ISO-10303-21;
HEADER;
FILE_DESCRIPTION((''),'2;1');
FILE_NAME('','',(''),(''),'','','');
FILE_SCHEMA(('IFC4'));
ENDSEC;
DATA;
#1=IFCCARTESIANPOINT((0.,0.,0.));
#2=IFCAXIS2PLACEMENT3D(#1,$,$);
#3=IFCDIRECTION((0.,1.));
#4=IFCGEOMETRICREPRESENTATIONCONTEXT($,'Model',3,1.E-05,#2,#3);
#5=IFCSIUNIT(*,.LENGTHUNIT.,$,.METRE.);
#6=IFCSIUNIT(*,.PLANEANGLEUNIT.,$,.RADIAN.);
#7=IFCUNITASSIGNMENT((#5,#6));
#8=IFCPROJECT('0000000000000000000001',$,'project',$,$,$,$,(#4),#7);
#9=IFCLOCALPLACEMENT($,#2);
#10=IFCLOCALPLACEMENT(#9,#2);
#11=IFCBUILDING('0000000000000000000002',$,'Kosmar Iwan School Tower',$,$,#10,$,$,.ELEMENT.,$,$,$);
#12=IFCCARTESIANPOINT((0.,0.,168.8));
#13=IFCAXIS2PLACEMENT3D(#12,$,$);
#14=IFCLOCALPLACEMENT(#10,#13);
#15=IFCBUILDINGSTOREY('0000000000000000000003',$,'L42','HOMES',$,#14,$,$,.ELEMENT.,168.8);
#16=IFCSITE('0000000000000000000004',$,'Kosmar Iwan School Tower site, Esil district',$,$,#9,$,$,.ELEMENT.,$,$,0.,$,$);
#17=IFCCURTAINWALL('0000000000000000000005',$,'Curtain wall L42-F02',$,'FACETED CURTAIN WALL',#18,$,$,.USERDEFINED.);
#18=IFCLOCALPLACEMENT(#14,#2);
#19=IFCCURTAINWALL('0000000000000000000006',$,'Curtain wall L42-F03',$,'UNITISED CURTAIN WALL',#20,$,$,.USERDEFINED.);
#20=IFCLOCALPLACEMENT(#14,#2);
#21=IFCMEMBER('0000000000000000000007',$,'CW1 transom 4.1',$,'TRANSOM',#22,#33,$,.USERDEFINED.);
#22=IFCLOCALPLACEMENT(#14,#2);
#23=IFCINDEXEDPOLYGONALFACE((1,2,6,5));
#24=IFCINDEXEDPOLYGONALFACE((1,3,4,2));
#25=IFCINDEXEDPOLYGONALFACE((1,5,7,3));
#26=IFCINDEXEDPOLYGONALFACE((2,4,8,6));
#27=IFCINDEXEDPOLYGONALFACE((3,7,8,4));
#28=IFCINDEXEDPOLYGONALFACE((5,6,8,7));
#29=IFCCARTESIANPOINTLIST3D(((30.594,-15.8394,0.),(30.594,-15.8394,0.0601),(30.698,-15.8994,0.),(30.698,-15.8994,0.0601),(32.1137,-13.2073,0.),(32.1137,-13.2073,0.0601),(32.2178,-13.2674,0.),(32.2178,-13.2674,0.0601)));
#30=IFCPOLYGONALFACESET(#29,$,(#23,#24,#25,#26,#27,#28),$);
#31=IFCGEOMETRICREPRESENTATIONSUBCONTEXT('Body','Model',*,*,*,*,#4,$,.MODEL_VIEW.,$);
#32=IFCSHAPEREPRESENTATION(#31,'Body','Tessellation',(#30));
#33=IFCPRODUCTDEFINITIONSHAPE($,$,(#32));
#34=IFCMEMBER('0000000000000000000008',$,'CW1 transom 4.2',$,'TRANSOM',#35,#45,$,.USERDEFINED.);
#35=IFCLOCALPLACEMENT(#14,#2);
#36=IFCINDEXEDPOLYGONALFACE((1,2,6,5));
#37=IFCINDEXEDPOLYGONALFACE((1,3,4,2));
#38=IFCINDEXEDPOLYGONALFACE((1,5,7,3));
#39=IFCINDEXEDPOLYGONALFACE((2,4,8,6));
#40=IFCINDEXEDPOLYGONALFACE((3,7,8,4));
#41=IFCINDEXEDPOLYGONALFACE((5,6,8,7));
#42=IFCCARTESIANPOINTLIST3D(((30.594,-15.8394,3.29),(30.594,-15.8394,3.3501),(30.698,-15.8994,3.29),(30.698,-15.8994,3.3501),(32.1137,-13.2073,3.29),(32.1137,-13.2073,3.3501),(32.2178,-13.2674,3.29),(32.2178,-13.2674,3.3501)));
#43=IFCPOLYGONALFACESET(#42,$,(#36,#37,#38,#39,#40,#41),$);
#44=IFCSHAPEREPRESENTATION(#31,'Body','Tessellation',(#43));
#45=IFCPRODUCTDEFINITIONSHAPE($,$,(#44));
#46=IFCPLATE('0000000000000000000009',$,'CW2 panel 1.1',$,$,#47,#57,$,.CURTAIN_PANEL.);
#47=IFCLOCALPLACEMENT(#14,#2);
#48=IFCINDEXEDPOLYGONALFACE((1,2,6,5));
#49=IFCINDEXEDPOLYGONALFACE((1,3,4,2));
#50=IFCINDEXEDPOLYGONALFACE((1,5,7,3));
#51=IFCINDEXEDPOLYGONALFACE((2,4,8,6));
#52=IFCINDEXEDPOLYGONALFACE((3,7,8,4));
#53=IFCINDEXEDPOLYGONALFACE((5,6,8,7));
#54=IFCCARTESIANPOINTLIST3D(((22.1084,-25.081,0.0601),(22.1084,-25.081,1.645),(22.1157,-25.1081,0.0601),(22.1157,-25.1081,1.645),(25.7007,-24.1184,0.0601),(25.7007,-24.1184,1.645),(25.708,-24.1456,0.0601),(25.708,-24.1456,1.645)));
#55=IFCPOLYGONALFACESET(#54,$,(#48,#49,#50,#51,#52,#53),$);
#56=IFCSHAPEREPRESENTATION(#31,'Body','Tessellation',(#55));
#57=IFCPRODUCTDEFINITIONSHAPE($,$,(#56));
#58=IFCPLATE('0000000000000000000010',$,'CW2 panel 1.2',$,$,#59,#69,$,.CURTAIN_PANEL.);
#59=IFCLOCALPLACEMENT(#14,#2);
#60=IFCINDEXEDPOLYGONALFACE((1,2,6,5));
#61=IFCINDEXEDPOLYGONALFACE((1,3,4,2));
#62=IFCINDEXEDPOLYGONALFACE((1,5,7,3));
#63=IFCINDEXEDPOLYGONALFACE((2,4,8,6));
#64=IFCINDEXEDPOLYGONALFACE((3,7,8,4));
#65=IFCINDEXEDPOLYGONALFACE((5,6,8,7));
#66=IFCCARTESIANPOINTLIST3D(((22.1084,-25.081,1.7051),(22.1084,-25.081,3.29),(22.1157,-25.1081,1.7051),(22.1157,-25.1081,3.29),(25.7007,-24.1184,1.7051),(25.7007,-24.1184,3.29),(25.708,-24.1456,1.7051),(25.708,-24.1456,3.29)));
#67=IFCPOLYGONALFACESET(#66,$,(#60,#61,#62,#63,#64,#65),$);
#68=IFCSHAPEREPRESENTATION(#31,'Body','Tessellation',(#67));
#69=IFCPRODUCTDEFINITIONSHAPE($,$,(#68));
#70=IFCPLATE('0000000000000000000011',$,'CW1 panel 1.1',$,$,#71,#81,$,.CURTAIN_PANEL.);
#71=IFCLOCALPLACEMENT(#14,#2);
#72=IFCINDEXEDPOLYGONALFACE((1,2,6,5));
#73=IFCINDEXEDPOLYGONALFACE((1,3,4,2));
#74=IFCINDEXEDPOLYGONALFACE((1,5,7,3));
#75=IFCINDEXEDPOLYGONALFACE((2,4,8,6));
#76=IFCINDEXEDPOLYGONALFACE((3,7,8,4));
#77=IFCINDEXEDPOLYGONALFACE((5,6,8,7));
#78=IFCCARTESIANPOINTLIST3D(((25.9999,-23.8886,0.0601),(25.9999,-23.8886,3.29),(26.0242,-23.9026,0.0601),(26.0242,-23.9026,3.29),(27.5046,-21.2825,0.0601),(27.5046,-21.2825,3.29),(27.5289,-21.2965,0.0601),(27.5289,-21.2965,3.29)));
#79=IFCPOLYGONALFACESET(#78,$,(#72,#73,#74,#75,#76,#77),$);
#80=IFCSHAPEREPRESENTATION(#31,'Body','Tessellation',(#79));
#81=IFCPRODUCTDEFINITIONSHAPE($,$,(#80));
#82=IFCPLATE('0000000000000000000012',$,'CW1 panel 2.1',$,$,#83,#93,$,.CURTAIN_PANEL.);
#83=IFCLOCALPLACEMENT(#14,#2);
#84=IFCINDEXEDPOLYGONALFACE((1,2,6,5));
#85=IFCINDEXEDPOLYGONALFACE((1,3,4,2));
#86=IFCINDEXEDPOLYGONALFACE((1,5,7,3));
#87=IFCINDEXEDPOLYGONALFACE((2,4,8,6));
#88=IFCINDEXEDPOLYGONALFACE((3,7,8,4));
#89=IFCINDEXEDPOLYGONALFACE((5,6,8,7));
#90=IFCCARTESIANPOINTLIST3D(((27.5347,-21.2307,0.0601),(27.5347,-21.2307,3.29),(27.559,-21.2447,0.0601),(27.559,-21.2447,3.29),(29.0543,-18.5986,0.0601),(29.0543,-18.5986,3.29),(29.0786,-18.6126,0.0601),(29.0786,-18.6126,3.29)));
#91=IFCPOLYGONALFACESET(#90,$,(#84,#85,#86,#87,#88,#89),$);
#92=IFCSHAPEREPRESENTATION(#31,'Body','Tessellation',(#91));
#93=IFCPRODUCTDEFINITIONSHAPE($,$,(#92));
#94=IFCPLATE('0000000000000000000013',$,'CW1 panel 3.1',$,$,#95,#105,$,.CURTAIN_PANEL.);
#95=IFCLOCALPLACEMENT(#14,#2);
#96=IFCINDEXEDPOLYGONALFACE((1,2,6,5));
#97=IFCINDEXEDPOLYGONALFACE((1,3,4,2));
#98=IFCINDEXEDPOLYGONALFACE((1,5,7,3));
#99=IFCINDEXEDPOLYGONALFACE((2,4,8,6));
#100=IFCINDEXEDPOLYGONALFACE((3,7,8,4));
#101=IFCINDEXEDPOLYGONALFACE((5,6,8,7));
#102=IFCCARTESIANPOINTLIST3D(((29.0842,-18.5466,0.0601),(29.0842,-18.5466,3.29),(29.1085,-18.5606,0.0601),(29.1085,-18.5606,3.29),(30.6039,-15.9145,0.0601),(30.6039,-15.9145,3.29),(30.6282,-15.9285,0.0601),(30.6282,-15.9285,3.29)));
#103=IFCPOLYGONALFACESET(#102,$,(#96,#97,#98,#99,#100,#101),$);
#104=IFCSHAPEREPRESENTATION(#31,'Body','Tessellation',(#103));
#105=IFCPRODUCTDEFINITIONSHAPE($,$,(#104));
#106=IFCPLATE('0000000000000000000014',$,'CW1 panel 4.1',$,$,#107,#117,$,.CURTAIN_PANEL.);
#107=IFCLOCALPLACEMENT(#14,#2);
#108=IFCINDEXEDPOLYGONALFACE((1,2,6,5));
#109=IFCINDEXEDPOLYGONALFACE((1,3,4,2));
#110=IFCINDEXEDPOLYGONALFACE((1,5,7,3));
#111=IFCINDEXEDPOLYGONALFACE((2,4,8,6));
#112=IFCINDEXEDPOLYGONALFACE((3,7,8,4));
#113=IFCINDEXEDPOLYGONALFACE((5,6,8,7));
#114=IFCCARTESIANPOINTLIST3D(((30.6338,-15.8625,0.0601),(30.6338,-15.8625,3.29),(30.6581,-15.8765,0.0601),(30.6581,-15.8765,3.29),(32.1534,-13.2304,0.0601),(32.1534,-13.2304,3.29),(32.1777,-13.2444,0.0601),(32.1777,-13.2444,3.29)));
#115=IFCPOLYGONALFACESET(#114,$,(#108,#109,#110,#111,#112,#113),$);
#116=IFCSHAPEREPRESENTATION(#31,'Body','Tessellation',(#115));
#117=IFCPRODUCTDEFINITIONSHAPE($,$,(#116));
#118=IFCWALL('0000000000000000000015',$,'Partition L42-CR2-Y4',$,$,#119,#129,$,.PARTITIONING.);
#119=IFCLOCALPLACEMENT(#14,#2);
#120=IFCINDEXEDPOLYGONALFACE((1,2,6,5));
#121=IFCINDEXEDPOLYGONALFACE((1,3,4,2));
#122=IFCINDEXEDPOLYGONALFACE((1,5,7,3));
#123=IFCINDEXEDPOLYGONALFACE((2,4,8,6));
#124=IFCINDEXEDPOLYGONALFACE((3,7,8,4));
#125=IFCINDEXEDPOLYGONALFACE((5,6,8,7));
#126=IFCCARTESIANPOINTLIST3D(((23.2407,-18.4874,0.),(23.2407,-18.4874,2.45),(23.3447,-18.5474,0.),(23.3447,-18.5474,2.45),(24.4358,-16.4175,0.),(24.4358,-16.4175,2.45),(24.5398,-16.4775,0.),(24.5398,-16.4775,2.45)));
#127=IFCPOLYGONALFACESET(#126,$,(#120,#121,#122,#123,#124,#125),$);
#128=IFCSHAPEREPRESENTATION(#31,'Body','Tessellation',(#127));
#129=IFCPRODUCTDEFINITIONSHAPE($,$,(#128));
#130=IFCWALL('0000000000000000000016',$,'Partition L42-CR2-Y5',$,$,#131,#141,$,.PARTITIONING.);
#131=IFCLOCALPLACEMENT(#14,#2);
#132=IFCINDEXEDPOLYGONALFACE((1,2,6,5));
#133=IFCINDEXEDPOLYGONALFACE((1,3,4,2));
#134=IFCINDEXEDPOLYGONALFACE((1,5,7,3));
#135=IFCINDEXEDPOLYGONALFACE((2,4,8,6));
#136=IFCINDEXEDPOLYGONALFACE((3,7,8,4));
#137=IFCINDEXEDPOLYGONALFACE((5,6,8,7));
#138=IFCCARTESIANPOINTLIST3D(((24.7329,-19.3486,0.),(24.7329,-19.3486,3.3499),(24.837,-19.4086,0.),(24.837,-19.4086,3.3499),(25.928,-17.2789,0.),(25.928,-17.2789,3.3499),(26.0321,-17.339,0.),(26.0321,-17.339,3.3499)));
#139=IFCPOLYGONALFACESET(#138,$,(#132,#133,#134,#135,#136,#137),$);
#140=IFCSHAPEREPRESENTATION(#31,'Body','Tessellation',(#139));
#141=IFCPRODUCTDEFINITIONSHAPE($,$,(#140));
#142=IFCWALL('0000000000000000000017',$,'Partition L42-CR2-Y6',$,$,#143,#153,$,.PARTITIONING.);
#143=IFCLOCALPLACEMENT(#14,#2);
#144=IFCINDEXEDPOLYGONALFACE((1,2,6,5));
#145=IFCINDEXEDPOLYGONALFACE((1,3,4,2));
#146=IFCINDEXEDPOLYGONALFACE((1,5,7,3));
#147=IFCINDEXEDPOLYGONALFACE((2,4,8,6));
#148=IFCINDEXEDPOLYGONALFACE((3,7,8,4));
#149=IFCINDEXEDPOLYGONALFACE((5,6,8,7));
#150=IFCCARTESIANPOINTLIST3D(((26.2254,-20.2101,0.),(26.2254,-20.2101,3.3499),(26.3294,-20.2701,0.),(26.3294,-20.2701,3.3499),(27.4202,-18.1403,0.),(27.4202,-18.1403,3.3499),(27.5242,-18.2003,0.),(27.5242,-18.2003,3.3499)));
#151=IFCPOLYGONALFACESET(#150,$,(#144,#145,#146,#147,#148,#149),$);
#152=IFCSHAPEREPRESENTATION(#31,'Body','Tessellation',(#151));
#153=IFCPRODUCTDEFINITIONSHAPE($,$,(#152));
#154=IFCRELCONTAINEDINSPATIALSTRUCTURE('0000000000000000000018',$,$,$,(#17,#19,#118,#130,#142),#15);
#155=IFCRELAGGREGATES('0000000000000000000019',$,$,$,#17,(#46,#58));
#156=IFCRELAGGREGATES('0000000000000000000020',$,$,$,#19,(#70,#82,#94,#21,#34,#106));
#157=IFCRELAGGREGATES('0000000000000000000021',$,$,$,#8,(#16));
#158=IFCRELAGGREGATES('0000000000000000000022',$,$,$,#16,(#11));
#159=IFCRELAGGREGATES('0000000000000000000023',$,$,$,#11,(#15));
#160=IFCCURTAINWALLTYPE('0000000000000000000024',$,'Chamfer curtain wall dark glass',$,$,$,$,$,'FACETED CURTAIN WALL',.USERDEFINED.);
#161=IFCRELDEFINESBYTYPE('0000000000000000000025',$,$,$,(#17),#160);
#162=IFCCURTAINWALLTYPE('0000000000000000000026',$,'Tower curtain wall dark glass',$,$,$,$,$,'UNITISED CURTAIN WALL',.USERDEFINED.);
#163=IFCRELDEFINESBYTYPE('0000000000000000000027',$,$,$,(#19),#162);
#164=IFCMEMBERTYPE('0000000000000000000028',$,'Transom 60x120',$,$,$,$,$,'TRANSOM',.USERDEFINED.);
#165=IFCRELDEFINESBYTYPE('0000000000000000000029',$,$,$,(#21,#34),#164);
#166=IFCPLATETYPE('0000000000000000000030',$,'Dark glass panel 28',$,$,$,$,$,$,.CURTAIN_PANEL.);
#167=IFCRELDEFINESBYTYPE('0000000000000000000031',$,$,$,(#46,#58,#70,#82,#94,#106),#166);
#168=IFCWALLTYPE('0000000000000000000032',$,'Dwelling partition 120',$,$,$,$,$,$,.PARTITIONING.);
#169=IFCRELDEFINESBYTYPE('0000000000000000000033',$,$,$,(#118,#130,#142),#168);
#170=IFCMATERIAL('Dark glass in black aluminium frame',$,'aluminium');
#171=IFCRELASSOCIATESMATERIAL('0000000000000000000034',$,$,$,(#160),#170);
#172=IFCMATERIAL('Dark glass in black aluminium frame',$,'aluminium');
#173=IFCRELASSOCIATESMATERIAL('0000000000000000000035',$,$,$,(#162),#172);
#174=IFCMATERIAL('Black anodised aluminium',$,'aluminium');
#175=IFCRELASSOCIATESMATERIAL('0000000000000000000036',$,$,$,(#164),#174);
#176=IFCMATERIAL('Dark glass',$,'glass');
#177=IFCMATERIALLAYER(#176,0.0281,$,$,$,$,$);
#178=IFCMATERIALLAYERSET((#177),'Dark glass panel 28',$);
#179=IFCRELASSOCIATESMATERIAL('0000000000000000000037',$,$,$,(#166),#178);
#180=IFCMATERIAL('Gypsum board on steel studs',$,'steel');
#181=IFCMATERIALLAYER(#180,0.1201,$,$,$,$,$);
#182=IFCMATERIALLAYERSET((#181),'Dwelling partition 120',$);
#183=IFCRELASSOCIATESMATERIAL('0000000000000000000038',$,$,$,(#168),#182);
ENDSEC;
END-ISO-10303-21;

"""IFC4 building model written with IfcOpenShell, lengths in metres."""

from ifc_helpers import new_model, si_unit, direction, frame, frame_2d, origin, origin_2d, place, context, subcontext, project, spatial, rectangle, extrude, material, layer, layer_set, material_profile, profile_set, type_object, element, aggregate, save


model = new_model("IFC4")

# Units and contexts
model_context = context("Model", 3, precision=1e-05, world=origin(), true_north=direction((0.0, 1.0)))
body_context = subcontext(model_context, "Body", "Model", "MODEL_VIEW")
ifc_project = project(units=[si_unit("LENGTHUNIT", "METRE"), si_unit("PLANEANGLEUNIT", "RADIAN")], contexts=[model_context])

# Site, building, storey
site_placement = place(None, origin())
site = spatial("IfcSite", under=ifc_project, at=site_placement, Name="Kosmar Iwan School Tower site, Esil district", CompositionType="ELEMENT", RefElevation=0.0)
building_placement = place(site_placement, origin())
building = spatial("IfcBuilding", under=site, at=building_placement, Name="Kosmar Iwan School Tower", CompositionType="ELEMENT")
storey_placement = place(building_placement, frame((0.0, 0.0, 168.8)))
storey = spatial("IfcBuildingStorey", under=building, at=storey_placement, Name="L42", Description="HOMES", CompositionType="ELEMENT", Elevation=168.8)

# Curtain wall
ifc_material_1 = material(Name="Dark glass in black aluminium frame", Category="aluminium")
curtain_wall_type_1 = type_object("IfcCurtainWallType", Name="Chamfer curtain wall dark glass", ElementType="FACETED CURTAIN WALL", PredefinedType="USERDEFINED", material=ifc_material_1)
curtain_wall_1_placement = place(storey_placement, origin())
curtain_wall_1 = element("IfcCurtainWall", 1, at=curtain_wall_1_placement, inside=storey, type_object=curtain_wall_type_1, Name="Curtain wall L42-F02", ObjectType="FACETED CURTAIN WALL", PredefinedType="USERDEFINED")

# Curtain wall
ifc_material_2 = material(Name="Dark glass in black aluminium frame", Category="aluminium")
curtain_wall_type_2 = type_object("IfcCurtainWallType", Name="Tower curtain wall dark glass", ElementType="UNITISED CURTAIN WALL", PredefinedType="USERDEFINED", material=ifc_material_2)
curtain_wall_2_placement = place(storey_placement, origin())
curtain_wall_2 = element("IfcCurtainWall", 2, at=curtain_wall_2_placement, inside=storey, type_object=curtain_wall_type_2, Name="Curtain wall L42-F03", ObjectType="UNITISED CURTAIN WALL", PredefinedType="USERDEFINED")

# Members
ifc_material_3 = material(Name="Black anodised aluminium", Category="aluminium")
ifc_material_profile_1 = material_profile(ifc_material_3, rectangle(XDim=0.1201, YDim=0.0601, at=origin_2d()), Name="TRANSOM 60x120")
ifc_profile_set_1 = profile_set([ifc_material_profile_1], Name="Black anodised aluminium")
member_type_1 = type_object("IfcMemberType", Name="Transom 60x120", ElementType="TRANSOM", PredefinedType="USERDEFINED", material=ifc_profile_set_1)
member_1_placement = place(storey_placement, frame((30.646, -15.8694, 0.03), z_axis=(0.500035, 0.866005, 0.0), x_axis=(-0.866005, 0.500035, 0.0)))
member_1 = element("IfcMember", 3, at=member_1_placement, type_object=member_type_1, Name="CW1 transom 4.1", ObjectType="TRANSOM", PredefinedType="USERDEFINED", context=body_context, shape_type="SweptSolid", body=[
    extrude(rectangle(XDim=0.1201, YDim=0.0601, at=origin_2d()), origin(), (0.0, 0.0, 1.0), 3.0393),
])
member_2_placement = place(storey_placement, frame((30.646, -15.8694, 3.3201), z_axis=(0.500035, 0.866005, 0.0), x_axis=(-0.866005, 0.500035, 0.0)))
member_2 = element("IfcMember", 4, at=member_2_placement, type_object=member_type_1, Name="CW1 transom 4.2", ObjectType="TRANSOM", PredefinedType="USERDEFINED", context=body_context, shape_type="SweptSolid", body=[
    extrude(rectangle(XDim=0.1201, YDim=0.0601, at=origin_2d()), origin(), (0.0, 0.0, 1.0), 3.0393),
])

# Plates
ifc_material_4 = material(Name="Dark glass", Category="glass")
ifc_layer_1 = layer(ifc_material_4, 0.0281)
ifc_layer_set_1 = layer_set([ifc_layer_1], Name="Dark glass panel 28")
plate_type = type_object("IfcPlateType", Name="Dark glass panel 28", PredefinedType="CURTAIN_PANEL", material=ifc_layer_set_1)
plate_1_placement = place(storey_placement, frame((23.9082, -24.6133, 0.0601), z_axis=(0.0, 0.0, 1.0), x_axis=(0.965926, 0.258819, 0.0)))
plate_1 = element("IfcPlate", 5, at=plate_1_placement, type_object=plate_type, Name="CW2 panel 1.1", PredefinedType="CURTAIN_PANEL", context=body_context, shape_type="SweptSolid", body=[
    extrude(rectangle(XDim=3.719, YDim=0.0281, at=origin_2d()), origin(), (0.0, 0.0, 1.0), 1.585),
])
plate_2_placement = place(storey_placement, frame((23.9082, -24.6133, 1.7051), z_axis=(0.0, 0.0, 1.0), x_axis=(0.965926, 0.258819, 0.0)))
plate_2 = element("IfcPlate", 6, at=plate_2_placement, type_object=plate_type, Name="CW2 panel 1.2", PredefinedType="CURTAIN_PANEL", context=body_context, shape_type="SweptSolid", body=[
    extrude(rectangle(XDim=3.719, YDim=0.0281, at=origin_2d()), origin(), (0.0, 0.0, 1.0), 1.585),
])
aggregate(curtain_wall_1, [plate_1, plate_2])
plate_3_placement = place(storey_placement, frame((26.7644, -22.5925, 0.0601), z_axis=(0.0, 0.0, 1.0), x_axis=(0.5, 0.866025, 0.0)))
plate_3 = element("IfcPlate", 7, at=plate_3_placement, type_object=plate_type, Name="CW1 panel 1.1", PredefinedType="CURTAIN_PANEL", context=body_context, shape_type="SweptSolid", body=[
    extrude(rectangle(XDim=3.0093, YDim=0.0281, at=origin_2d()), origin(), (0.0, 0.0, 1.0), 3.23),
])
plate_4_placement = place(storey_placement, frame((28.3066, -19.9216, 0.0601), z_axis=(0.0, 0.0, 1.0), x_axis=(0.5, 0.866025, 0.0)))
plate_4 = element("IfcPlate", 8, at=plate_4_placement, type_object=plate_type, Name="CW1 panel 2.1", PredefinedType="CURTAIN_PANEL", context=body_context, shape_type="SweptSolid", body=[
    extrude(rectangle(XDim=3.0393, YDim=0.0281, at=origin_2d()), origin(), (0.0, 0.0, 1.0), 3.23),
])
plate_5_placement = place(storey_placement, frame((29.8562, -17.2375, 0.0601), z_axis=(0.0, 0.0, 1.0), x_axis=(0.5, 0.866025, 0.0)))
plate_5 = element("IfcPlate", 9, at=plate_5_placement, type_object=plate_type, Name="CW1 panel 3.1", PredefinedType="CURTAIN_PANEL", context=body_context, shape_type="SweptSolid", body=[
    extrude(rectangle(XDim=3.0393, YDim=0.0281, at=origin_2d()), origin(), (0.0, 0.0, 1.0), 3.23),
])
plate_6_placement = place(storey_placement, frame((31.4058, -14.5535, 0.0601), z_axis=(0.0, 0.0, 1.0), x_axis=(0.5, 0.866025, 0.0)))
plate_6 = element("IfcPlate", 10, at=plate_6_placement, type_object=plate_type, Name="CW1 panel 4.1", PredefinedType="CURTAIN_PANEL", context=body_context, shape_type="SweptSolid", body=[
    extrude(rectangle(XDim=3.0393, YDim=0.0281, at=origin_2d()), origin(), (0.0, 0.0, 1.0), 3.23),
])
aggregate(curtain_wall_2, [plate_3, plate_4, plate_5, member_1, member_2, plate_6])

# Walls
ifc_material_5 = material(Name="Gypsum board on steel studs", Category="steel")
ifc_layer_2 = layer(ifc_material_5, 0.1201)
ifc_layer_set_2 = layer_set([ifc_layer_2], Name="Dwelling partition 120")
wall_type = type_object("IfcWallType", Name="Dwelling partition 120", PredefinedType="PARTITIONING", material=ifc_layer_set_2)
wall_placement = place(storey_placement, frame((24.4878, -16.4475, 0.0), z_axis=(0.0, 0.0, 1.0), x_axis=(-0.500017, -0.866015, 0.0)))
element("IfcWall", 11, at=wall_placement, inside=storey, type_object=wall_type, Name="Partition L42-CR2-Y4", PredefinedType="PARTITIONING", context=body_context, shape_type="SweptSolid", body=[
    extrude(rectangle(XDim=2.3901, YDim=0.1201, at=frame_2d((1.1951, 0.0))), origin(), (0.0, 0.0, 1.0), 2.45),
])
for number, where, z_axis, x_axis, name in (
    (12, (25.98, -17.3091, 0.0), (0.0, 0.0, 1.0), (-0.500061, -0.86599, 0.0), "Partition L42-CR2-Y5"),
    (13, (27.4722, -18.1704, 0.0), (0.0, 0.0, 1.0), (-0.499941, -0.86606, 0.0), "Partition L42-CR2-Y6"),
):
    element("IfcWall", number, at=place(storey_placement, frame(where, z_axis=z_axis, x_axis=x_axis)), inside=storey, type_object=wall_type, Name=name, PredefinedType="PARTITIONING", context=body_context, shape_type="SweptSolid", body=[
        extrude(rectangle(XDim=2.3899, YDim=0.1201, at=frame_2d((1.1948, 0.0))), origin(), (0.0, 0.0, 1.0), 3.3499),
    ])

save(model, "model.ifc")
